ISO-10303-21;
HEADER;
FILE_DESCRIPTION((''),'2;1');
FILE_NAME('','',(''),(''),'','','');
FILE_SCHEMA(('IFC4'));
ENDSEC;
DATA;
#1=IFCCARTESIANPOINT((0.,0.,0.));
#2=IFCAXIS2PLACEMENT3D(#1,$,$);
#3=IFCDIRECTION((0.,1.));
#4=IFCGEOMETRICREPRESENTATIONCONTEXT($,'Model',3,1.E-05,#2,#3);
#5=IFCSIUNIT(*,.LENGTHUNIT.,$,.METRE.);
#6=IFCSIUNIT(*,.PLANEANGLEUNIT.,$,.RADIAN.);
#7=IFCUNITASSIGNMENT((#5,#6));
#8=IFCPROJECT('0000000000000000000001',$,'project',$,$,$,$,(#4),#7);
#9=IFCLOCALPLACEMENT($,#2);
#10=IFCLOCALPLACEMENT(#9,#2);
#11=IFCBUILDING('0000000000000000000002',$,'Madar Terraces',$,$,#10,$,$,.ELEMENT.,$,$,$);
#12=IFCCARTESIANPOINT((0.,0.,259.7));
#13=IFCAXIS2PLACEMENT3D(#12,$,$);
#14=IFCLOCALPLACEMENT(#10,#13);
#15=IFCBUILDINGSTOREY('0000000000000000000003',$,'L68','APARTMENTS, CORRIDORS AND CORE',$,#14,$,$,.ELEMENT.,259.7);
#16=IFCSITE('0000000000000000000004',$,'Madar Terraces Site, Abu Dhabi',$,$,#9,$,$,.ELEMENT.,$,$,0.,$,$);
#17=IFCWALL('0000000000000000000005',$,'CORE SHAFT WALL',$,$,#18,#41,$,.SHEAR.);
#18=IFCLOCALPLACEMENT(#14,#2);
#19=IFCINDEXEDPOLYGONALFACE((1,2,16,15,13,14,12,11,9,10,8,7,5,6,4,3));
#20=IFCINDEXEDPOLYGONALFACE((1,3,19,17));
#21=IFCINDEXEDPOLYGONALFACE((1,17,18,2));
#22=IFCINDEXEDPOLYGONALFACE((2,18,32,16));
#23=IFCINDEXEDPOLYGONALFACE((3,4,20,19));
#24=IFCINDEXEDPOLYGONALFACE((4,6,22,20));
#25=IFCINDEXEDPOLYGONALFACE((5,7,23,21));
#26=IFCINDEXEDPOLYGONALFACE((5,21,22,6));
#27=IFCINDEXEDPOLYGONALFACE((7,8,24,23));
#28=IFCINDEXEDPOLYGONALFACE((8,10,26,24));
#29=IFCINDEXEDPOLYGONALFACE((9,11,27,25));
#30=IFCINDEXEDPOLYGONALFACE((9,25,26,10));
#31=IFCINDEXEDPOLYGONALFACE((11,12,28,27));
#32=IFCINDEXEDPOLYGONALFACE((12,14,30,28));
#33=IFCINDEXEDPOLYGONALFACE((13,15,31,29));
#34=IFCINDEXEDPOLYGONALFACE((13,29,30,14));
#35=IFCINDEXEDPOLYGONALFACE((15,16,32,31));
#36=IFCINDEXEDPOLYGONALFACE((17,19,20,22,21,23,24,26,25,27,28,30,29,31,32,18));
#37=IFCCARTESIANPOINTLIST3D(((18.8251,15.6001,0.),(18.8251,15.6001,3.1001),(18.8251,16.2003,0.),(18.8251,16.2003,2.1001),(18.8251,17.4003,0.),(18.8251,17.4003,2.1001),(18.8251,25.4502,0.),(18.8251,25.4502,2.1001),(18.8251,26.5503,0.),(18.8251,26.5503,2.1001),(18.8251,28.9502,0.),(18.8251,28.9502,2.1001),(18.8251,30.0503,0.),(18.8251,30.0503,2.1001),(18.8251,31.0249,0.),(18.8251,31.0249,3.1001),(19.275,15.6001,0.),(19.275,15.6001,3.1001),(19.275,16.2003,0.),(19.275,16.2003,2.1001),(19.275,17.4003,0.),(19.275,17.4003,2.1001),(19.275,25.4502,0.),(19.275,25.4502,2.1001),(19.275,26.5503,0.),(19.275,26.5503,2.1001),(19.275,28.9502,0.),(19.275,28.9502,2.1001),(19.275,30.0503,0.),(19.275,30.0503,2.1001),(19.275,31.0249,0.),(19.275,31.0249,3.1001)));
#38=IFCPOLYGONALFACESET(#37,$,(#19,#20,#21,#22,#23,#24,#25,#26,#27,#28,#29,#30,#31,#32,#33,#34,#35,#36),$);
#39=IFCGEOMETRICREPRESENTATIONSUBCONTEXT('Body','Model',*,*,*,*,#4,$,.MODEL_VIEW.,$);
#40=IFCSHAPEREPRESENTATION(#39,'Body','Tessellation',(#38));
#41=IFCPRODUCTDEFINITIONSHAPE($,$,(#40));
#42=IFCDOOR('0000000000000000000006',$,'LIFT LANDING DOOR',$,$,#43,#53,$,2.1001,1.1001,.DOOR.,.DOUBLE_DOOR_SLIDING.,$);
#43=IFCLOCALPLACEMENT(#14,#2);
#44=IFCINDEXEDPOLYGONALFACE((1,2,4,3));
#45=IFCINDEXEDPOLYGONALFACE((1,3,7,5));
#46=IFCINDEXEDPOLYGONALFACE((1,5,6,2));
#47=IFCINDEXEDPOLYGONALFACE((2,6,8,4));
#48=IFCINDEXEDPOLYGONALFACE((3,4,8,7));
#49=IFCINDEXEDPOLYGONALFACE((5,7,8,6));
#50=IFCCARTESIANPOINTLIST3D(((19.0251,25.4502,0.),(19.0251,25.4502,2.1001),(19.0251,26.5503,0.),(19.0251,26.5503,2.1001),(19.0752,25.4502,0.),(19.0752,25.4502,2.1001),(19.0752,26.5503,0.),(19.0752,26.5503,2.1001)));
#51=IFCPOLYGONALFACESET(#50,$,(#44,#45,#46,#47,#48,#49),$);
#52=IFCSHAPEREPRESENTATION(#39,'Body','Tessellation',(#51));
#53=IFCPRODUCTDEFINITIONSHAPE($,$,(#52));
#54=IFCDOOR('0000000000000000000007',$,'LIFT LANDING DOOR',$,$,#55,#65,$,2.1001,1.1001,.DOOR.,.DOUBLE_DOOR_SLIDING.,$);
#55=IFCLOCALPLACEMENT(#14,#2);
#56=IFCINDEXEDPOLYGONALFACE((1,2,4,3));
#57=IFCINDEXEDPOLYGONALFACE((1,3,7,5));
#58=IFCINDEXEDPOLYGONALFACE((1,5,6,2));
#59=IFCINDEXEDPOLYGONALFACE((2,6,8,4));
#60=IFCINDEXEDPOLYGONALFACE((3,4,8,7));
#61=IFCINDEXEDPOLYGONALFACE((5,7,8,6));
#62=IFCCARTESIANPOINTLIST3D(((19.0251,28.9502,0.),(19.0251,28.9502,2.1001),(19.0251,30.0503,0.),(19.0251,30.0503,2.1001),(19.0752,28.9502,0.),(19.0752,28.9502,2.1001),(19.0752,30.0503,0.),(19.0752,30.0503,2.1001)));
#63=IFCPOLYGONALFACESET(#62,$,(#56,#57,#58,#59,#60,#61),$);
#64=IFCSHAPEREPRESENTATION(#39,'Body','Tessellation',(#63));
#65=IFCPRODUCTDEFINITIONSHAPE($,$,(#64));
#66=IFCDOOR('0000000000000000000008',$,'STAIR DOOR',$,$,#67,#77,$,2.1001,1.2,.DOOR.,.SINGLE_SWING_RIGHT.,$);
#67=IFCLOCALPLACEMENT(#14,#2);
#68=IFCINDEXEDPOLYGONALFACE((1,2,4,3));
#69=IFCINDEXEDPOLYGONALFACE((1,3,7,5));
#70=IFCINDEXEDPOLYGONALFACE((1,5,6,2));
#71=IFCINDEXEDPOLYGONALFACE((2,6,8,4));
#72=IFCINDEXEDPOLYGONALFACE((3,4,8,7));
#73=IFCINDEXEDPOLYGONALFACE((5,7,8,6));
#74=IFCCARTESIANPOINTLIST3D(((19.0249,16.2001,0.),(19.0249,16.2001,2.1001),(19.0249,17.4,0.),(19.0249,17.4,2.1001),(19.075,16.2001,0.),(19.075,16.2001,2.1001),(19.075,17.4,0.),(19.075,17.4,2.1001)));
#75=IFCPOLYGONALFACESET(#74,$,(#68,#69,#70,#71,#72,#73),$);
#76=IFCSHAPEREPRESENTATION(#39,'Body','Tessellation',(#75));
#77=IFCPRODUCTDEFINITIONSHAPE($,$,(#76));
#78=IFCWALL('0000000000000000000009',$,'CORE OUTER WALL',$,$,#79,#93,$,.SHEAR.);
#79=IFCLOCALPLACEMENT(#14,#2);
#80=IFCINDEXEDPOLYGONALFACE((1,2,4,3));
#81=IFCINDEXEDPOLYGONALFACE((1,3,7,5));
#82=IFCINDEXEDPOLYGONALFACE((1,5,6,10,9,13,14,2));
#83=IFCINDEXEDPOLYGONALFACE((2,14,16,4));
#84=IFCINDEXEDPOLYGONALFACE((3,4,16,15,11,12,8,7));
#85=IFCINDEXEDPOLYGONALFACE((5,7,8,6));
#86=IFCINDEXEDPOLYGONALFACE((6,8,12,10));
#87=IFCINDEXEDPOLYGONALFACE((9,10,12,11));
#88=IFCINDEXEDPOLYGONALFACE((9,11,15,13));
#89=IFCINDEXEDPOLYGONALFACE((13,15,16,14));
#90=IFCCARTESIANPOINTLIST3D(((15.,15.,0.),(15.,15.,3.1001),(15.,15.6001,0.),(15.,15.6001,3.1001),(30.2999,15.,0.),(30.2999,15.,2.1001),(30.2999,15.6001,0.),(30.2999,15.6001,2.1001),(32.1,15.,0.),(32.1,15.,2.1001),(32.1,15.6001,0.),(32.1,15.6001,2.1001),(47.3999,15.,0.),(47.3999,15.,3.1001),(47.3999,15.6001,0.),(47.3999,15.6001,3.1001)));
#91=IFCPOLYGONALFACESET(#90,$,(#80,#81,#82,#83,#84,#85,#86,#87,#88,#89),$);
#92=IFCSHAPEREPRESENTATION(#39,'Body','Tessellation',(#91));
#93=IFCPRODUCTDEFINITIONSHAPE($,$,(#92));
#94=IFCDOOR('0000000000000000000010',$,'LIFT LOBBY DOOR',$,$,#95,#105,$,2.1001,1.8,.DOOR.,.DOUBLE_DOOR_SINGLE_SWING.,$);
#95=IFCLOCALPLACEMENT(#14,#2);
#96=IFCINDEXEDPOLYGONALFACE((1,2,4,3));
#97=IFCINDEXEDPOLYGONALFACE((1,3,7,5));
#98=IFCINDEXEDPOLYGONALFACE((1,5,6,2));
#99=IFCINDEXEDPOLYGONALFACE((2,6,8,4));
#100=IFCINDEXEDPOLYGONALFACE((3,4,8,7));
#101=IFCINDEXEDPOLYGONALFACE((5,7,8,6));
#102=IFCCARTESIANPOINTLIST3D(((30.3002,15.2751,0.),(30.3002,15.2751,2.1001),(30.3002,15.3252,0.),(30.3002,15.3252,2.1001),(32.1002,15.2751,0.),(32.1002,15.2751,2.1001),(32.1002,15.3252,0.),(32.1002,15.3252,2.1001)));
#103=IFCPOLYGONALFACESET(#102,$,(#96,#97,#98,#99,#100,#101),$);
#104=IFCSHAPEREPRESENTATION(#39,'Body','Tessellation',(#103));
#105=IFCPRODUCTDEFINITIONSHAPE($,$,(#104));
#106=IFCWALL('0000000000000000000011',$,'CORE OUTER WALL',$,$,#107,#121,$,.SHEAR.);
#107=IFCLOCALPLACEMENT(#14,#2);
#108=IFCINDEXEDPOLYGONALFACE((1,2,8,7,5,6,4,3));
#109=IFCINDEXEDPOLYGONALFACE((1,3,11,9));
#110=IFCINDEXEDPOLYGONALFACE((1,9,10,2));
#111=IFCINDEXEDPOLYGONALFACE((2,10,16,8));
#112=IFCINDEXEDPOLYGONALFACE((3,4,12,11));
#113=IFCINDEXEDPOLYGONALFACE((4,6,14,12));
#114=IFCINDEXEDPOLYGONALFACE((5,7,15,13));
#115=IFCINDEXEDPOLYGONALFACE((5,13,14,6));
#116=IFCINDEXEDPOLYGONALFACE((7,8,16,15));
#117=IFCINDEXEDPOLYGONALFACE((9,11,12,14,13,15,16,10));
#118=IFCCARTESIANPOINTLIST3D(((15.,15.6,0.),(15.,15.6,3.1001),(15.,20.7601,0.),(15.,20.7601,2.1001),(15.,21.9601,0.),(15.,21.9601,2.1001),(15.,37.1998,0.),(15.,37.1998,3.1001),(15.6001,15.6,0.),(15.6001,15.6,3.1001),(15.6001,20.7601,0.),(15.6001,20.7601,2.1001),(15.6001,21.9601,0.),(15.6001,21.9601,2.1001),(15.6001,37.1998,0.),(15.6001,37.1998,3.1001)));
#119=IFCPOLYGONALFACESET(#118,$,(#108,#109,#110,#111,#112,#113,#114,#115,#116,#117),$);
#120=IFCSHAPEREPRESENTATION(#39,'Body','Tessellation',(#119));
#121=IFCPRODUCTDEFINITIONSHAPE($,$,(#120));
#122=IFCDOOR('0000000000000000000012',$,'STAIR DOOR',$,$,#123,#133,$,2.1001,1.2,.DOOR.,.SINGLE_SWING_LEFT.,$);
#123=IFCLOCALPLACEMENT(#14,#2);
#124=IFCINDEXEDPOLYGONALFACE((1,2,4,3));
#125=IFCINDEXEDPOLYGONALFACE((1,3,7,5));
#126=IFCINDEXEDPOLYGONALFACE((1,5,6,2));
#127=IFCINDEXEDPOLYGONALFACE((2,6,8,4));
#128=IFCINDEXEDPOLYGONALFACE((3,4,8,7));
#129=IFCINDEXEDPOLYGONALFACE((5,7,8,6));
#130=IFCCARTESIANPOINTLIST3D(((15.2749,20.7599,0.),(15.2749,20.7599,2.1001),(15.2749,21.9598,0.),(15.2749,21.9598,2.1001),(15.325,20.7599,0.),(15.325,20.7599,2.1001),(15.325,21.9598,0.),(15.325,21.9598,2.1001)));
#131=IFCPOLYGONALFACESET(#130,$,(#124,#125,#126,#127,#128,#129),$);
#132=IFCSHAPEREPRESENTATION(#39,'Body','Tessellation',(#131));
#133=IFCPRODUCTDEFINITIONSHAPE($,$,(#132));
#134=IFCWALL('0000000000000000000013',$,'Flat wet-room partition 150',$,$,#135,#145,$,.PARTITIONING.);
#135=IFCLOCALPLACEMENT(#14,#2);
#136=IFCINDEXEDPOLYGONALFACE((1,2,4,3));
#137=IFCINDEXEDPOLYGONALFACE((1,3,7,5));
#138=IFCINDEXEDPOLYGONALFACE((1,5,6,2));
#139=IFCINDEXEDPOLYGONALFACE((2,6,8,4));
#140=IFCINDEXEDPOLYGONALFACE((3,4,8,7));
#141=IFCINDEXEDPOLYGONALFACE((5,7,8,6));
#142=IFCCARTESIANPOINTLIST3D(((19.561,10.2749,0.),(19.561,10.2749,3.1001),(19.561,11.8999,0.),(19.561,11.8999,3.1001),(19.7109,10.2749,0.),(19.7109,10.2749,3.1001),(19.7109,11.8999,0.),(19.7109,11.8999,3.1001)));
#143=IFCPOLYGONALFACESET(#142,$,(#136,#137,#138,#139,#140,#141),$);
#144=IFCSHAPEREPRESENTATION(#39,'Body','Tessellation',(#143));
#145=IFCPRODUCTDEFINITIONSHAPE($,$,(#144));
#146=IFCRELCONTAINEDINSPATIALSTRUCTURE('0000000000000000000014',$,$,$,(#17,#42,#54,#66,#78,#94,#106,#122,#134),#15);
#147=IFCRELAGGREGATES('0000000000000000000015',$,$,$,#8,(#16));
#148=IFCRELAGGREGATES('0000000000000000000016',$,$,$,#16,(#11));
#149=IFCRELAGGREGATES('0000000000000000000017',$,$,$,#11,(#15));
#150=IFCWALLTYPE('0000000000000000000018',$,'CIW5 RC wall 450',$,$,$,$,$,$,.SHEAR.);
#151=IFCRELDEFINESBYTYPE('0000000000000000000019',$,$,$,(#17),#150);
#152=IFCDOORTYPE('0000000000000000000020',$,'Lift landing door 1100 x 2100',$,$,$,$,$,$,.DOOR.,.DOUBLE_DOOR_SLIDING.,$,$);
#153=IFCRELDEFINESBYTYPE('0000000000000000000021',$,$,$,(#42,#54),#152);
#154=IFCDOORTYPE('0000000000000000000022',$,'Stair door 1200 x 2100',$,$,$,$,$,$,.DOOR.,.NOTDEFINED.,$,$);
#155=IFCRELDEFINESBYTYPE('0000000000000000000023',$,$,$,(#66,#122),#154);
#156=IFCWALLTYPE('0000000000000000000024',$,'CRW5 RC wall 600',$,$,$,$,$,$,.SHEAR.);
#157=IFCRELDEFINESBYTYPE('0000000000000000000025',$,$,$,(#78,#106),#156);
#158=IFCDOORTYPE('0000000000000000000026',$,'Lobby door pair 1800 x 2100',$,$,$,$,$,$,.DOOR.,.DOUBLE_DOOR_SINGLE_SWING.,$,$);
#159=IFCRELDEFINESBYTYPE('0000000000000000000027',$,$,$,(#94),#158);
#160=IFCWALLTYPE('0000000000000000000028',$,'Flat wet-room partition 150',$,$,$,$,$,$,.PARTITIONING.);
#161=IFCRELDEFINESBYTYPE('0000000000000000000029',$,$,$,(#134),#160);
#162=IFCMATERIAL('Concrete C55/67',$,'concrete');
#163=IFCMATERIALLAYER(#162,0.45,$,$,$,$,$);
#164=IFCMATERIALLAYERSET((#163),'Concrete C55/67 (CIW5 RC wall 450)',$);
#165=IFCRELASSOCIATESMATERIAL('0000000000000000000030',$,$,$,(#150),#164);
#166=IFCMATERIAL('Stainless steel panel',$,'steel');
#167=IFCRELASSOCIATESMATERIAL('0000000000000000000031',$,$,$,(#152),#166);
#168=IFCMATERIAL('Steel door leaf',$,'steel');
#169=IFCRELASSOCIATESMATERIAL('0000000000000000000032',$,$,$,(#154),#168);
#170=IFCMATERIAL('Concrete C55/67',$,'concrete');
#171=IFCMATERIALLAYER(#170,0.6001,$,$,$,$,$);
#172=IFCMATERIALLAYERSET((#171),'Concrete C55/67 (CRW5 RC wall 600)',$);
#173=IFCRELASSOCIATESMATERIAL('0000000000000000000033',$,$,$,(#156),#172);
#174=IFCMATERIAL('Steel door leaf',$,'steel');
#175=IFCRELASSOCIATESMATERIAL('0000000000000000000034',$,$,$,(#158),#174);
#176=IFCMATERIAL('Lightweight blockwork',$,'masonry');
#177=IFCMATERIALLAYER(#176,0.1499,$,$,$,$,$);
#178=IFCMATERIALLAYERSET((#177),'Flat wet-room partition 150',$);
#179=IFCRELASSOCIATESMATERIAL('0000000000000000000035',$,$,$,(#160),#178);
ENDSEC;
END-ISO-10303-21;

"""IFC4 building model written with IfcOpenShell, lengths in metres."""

from ifc_helpers import new_model, si_unit, direction, frame, frame_2d, origin, place, context, subcontext, project, spatial, rectangle, extrude, material, layer, layer_set, type_object, element, fill, save


model = new_model("IFC4")

# Units and contexts
model_context = context("Model", 3, precision=1e-05, world=origin(), true_north=direction((0.0, 1.0)))
body_context = subcontext(model_context, "Body", "Model", "MODEL_VIEW")
ifc_project = project(units=[si_unit("LENGTHUNIT", "METRE"), si_unit("PLANEANGLEUNIT", "RADIAN")], contexts=[model_context])

# Site, building, storey
site_placement = place(None, origin())
site = spatial("IfcSite", under=ifc_project, at=site_placement, Name="Madar Terraces Site, Abu Dhabi", CompositionType="ELEMENT", RefElevation=0.0)
building_placement = place(site_placement, origin())
building = spatial("IfcBuilding", under=site, at=building_placement, Name="Madar Terraces", CompositionType="ELEMENT")
storey_placement = place(building_placement, frame((0.0, 0.0, 259.7)))
storey = spatial("IfcBuildingStorey", under=building, at=storey_placement, Name="L68", Description="APARTMENTS, CORRIDORS AND CORE", CompositionType="ELEMENT", Elevation=259.7)

# Wall, openings, doors
ifc_material_1 = material(Name="Concrete C55/67", Category="concrete")
ifc_layer_1 = layer(ifc_material_1, 0.45)
ifc_layer_set_1 = layer_set([ifc_layer_1], Name="Concrete C55/67 (CIW5 RC wall 450)")
wall_type_1 = type_object("IfcWallType", Name="CIW5 RC wall 450", PredefinedType="SHEAR", material=ifc_layer_set_1)
wall_1_placement = place(storey_placement, frame((19.05, 15.6001, 0.0), z_axis=(0.0, 0.0, 1.0), x_axis=(0.0, 1.0, 0.0)))
wall_1 = element("IfcWall", 1, at=wall_1_placement, inside=storey, type_object=wall_type_1, Name="CORE SHAFT WALL", PredefinedType="SHEAR", context=body_context, shape_type="SweptSolid", body=[
    extrude(rectangle(XDim=15.4248, YDim=0.45, at=frame_2d((7.7124, 0.0))), origin(), (0.0, 0.0, 1.0), 3.1001),
])
opening_1_placement = place(wall_1_placement, frame((9.8501, 0.0, 0.0)))
opening_1 = element("IfcOpeningElement", 2, at=opening_1_placement, cuts=wall_1, PredefinedType="OPENING", context=body_context, shape_type="SweptSolid", body=[
    extrude(rectangle(XDim=1.1001, YDim=2.1001, at=frame_2d((0.55, 1.05))), frame((0.0, 0.2349, 0.0), z_axis=(0.0, -1.0, 0.0), x_axis=(1.0, 0.0, 0.0)), (0.0, 0.0, 1.0), 0.47),
])
opening_2_placement = place(wall_1_placement, frame((13.3501, 0.0, 0.0)))
opening_2 = element("IfcOpeningElement", 3, at=opening_2_placement, cuts=wall_1, PredefinedType="OPENING", context=body_context, shape_type="SweptSolid", body=[
    extrude(rectangle(XDim=1.1001, YDim=2.1001, at=frame_2d((0.55, 1.05))), frame((0.0, 0.2349, 0.0), z_axis=(0.0, -1.0, 0.0), x_axis=(1.0, 0.0, 0.0)), (0.0, 0.0, 1.0), 0.47),
])
opening_3_placement = place(wall_1_placement, frame((0.6001, 0.0, 0.0)))
opening_3 = element("IfcOpeningElement", 4, at=opening_3_placement, cuts=wall_1, PredefinedType="OPENING", context=body_context, shape_type="SweptSolid", body=[
    extrude(rectangle(XDim=1.2, YDim=2.1001, at=frame_2d((0.6001, 1.05))), frame((0.0, 0.2349, 0.0), z_axis=(0.0, -1.0, 0.0), x_axis=(1.0, 0.0, 0.0)), (0.0, 0.0, 1.0), 0.47),
])
ifc_material_2 = material(Name="Stainless steel panel", Category="steel")
door_type_1 = type_object("IfcDoorType", Name="Lift landing door 1100 x 2100", OperationType="DOUBLE_DOOR_SLIDING", PredefinedType="DOOR", material=ifc_material_2)
door_1_placement = place(opening_1_placement, origin())
door_1 = element("IfcDoor", 5, at=door_1_placement, inside=storey, type_object=door_type_1, Name="LIFT LANDING DOOR", OperationType="DOUBLE_DOOR_SLIDING", OverallHeight=2.1001, OverallWidth=1.1001, PredefinedType="DOOR", context=body_context, shape_type="SweptSolid", body=[
    extrude(rectangle(XDim=1.1001, YDim=2.1001, at=frame_2d((0.55, 1.05))), frame((0.0, 0.0249, 0.0), z_axis=(0.0, -1.0, 0.0), x_axis=(1.0, 0.0, 0.0)), (0.0, 0.0, 1.0), 0.05),
])
fill(opening_1, door_1)
door_2_placement = place(opening_2_placement, origin())
door_2 = element("IfcDoor", 6, at=door_2_placement, inside=storey, type_object=door_type_1, Name="LIFT LANDING DOOR", OperationType="DOUBLE_DOOR_SLIDING", OverallHeight=2.1001, OverallWidth=1.1001, PredefinedType="DOOR", context=body_context, shape_type="SweptSolid", body=[
    extrude(rectangle(XDim=1.1001, YDim=2.1001, at=frame_2d((0.55, 1.05))), frame((0.0, 0.0249, 0.0), z_axis=(0.0, -1.0, 0.0), x_axis=(1.0, 0.0, 0.0)), (0.0, 0.0, 1.0), 0.05),
])
fill(opening_2, door_2)
ifc_material_3 = material(Name="Steel door leaf", Category="steel")
door_type_2 = type_object("IfcDoorType", Name="Stair door 1200 x 2100", OperationType="NOTDEFINED", PredefinedType="DOOR", material=ifc_material_3)
door_3_placement = place(opening_3_placement, frame((1.2, 0.0, 0.0), z_axis=(0.0, 0.0, 1.0), x_axis=(-1.0, 0.0, 0.0)))
door_3 = element("IfcDoor", 7, at=door_3_placement, inside=storey, type_object=door_type_2, Name="STAIR DOOR", OperationType="SINGLE_SWING_RIGHT", OverallHeight=2.1001, OverallWidth=1.2, PredefinedType="DOOR", context=body_context, shape_type="SweptSolid", body=[
    extrude(rectangle(XDim=1.2, YDim=2.1001, at=frame_2d((0.6001, 1.05))), frame((0.0, 0.0249, 0.0), z_axis=(0.0, -1.0, 0.0), x_axis=(1.0, 0.0, 0.0)), (0.0, 0.0, 1.0), 0.05),
])
fill(opening_3, door_3)

# Walls, openings, doors
ifc_material_4 = material(Name="Concrete C55/67", Category="concrete")
ifc_layer_2 = layer(ifc_material_4, 0.6001)
ifc_layer_set_2 = layer_set([ifc_layer_2], Name="Concrete C55/67 (CRW5 RC wall 600)")
wall_type_2 = type_object("IfcWallType", Name="CRW5 RC wall 600", PredefinedType="SHEAR", material=ifc_layer_set_2)
wall_2_placement = place(storey_placement, frame((15.0, 15.3, 0.0), z_axis=(0.0, 0.0, 1.0), x_axis=(1.0, 0.0, 0.0)))
wall_2 = element("IfcWall", 8, at=wall_2_placement, inside=storey, type_object=wall_type_2, Name="CORE OUTER WALL", PredefinedType="SHEAR", context=body_context, shape_type="SweptSolid", body=[
    extrude(rectangle(XDim=32.3999, YDim=0.6001, at=frame_2d((16.2, 0.0))), origin(), (0.0, 0.0, 1.0), 3.1001),
])
opening_4_placement = place(wall_2_placement, frame((15.3, 0.0, 0.0)))
opening_4 = element("IfcOpeningElement", 9, at=opening_4_placement, cuts=wall_2, PredefinedType="OPENING", context=body_context, shape_type="SweptSolid", body=[
    extrude(rectangle(XDim=1.8, YDim=2.1001, at=frame_2d((0.8999, 1.05))), frame((0.0, 0.3101, 0.0), z_axis=(0.0, -1.0, 0.0), x_axis=(1.0, 0.0, 0.0)), (0.0, 0.0, 1.0), 0.6201),
])
ifc_material_5 = material(Name="Steel door leaf", Category="steel")
door_type_3 = type_object("IfcDoorType", Name="Lobby door pair 1800 x 2100", OperationType="DOUBLE_DOOR_SINGLE_SWING", PredefinedType="DOOR", material=ifc_material_5)
door_4_placement = place(opening_4_placement, frame((1.8, 0.0, 0.0), z_axis=(0.0, 0.0, 1.0), x_axis=(-1.0, 0.0, 0.0)))
door_4 = element("IfcDoor", 10, at=door_4_placement, inside=storey, type_object=door_type_3, Name="LIFT LOBBY DOOR", OperationType="DOUBLE_DOOR_SINGLE_SWING", OverallHeight=2.1001, OverallWidth=1.8, PredefinedType="DOOR", context=body_context, shape_type="SweptSolid", body=[
    extrude(rectangle(XDim=1.8, YDim=2.1001, at=frame_2d((0.8999, 1.05))), frame((0.0, 0.0249, 0.0), z_axis=(0.0, -1.0, 0.0), x_axis=(1.0, 0.0, 0.0)), (0.0, 0.0, 1.0), 0.05),
])
fill(opening_4, door_4)
wall_3_placement = place(storey_placement, frame((15.3, 15.6001, 0.0), z_axis=(0.0, 0.0, 1.0), x_axis=(0.0, 1.0, 0.0)))
wall_3 = element("IfcWall", 11, at=wall_3_placement, inside=storey, type_object=wall_type_2, Name="CORE OUTER WALL", PredefinedType="SHEAR", context=body_context, shape_type="SweptSolid", body=[
    extrude(rectangle(XDim=21.5999, YDim=0.6001, at=frame_2d((10.7998, 0.0))), origin(), (0.0, 0.0, 1.0), 3.1001),
])
opening_5_placement = place(wall_3_placement, frame((5.1599, 0.0, 0.0)))
opening_5 = element("IfcOpeningElement", 12, at=opening_5_placement, cuts=wall_3, PredefinedType="OPENING", context=body_context, shape_type="SweptSolid", body=[
    extrude(rectangle(XDim=1.2, YDim=2.1001, at=frame_2d((0.6001, 1.05))), frame((0.0, 0.3101, 0.0), z_axis=(0.0, -1.0, 0.0), x_axis=(1.0, 0.0, 0.0)), (0.0, 0.0, 1.0), 0.6201),
])
door_5_placement = place(opening_5_placement, frame((1.2, 0.0, 0.0), z_axis=(0.0, 0.0, 1.0), x_axis=(-1.0, 0.0, 0.0)))
door_5 = element("IfcDoor", 13, at=door_5_placement, inside=storey, type_object=door_type_2, Name="STAIR DOOR", OperationType="SINGLE_SWING_LEFT", OverallHeight=2.1001, OverallWidth=1.2, PredefinedType="DOOR", context=body_context, shape_type="SweptSolid", body=[
    extrude(rectangle(XDim=1.2, YDim=2.1001, at=frame_2d((0.6001, 1.05))), frame((0.0, 0.0249, 0.0), z_axis=(0.0, -1.0, 0.0), x_axis=(1.0, 0.0, 0.0)), (0.0, 0.0, 1.0), 0.05),
])
fill(opening_5, door_5)

# Wall
ifc_material_6 = material(Name="Lightweight blockwork", Category="masonry")
ifc_layer_3 = layer(ifc_material_6, 0.1499)
ifc_layer_set_3 = layer_set([ifc_layer_3], Name="Flat wet-room partition 150")
wall_type_3 = type_object("IfcWallType", Name="Flat wet-room partition 150", PredefinedType="PARTITIONING", material=ifc_layer_set_3)
wall_4_placement = place(storey_placement, frame((19.636, 11.8999, 0.0), z_axis=(0.0, 0.0, 1.0), x_axis=(0.0, -1.0, 0.0)))
element("IfcWall", 14, at=wall_4_placement, inside=storey, type_object=wall_type_3, Name="Flat wet-room partition 150", PredefinedType="PARTITIONING", context=body_context, shape_type="SweptSolid", body=[
    extrude(rectangle(XDim=1.625, YDim=0.1499, at=frame_2d((0.8125, 0.0))), origin(), (0.0, 0.0, 1.0), 3.1001),
])

save(model, "model.ifc")
